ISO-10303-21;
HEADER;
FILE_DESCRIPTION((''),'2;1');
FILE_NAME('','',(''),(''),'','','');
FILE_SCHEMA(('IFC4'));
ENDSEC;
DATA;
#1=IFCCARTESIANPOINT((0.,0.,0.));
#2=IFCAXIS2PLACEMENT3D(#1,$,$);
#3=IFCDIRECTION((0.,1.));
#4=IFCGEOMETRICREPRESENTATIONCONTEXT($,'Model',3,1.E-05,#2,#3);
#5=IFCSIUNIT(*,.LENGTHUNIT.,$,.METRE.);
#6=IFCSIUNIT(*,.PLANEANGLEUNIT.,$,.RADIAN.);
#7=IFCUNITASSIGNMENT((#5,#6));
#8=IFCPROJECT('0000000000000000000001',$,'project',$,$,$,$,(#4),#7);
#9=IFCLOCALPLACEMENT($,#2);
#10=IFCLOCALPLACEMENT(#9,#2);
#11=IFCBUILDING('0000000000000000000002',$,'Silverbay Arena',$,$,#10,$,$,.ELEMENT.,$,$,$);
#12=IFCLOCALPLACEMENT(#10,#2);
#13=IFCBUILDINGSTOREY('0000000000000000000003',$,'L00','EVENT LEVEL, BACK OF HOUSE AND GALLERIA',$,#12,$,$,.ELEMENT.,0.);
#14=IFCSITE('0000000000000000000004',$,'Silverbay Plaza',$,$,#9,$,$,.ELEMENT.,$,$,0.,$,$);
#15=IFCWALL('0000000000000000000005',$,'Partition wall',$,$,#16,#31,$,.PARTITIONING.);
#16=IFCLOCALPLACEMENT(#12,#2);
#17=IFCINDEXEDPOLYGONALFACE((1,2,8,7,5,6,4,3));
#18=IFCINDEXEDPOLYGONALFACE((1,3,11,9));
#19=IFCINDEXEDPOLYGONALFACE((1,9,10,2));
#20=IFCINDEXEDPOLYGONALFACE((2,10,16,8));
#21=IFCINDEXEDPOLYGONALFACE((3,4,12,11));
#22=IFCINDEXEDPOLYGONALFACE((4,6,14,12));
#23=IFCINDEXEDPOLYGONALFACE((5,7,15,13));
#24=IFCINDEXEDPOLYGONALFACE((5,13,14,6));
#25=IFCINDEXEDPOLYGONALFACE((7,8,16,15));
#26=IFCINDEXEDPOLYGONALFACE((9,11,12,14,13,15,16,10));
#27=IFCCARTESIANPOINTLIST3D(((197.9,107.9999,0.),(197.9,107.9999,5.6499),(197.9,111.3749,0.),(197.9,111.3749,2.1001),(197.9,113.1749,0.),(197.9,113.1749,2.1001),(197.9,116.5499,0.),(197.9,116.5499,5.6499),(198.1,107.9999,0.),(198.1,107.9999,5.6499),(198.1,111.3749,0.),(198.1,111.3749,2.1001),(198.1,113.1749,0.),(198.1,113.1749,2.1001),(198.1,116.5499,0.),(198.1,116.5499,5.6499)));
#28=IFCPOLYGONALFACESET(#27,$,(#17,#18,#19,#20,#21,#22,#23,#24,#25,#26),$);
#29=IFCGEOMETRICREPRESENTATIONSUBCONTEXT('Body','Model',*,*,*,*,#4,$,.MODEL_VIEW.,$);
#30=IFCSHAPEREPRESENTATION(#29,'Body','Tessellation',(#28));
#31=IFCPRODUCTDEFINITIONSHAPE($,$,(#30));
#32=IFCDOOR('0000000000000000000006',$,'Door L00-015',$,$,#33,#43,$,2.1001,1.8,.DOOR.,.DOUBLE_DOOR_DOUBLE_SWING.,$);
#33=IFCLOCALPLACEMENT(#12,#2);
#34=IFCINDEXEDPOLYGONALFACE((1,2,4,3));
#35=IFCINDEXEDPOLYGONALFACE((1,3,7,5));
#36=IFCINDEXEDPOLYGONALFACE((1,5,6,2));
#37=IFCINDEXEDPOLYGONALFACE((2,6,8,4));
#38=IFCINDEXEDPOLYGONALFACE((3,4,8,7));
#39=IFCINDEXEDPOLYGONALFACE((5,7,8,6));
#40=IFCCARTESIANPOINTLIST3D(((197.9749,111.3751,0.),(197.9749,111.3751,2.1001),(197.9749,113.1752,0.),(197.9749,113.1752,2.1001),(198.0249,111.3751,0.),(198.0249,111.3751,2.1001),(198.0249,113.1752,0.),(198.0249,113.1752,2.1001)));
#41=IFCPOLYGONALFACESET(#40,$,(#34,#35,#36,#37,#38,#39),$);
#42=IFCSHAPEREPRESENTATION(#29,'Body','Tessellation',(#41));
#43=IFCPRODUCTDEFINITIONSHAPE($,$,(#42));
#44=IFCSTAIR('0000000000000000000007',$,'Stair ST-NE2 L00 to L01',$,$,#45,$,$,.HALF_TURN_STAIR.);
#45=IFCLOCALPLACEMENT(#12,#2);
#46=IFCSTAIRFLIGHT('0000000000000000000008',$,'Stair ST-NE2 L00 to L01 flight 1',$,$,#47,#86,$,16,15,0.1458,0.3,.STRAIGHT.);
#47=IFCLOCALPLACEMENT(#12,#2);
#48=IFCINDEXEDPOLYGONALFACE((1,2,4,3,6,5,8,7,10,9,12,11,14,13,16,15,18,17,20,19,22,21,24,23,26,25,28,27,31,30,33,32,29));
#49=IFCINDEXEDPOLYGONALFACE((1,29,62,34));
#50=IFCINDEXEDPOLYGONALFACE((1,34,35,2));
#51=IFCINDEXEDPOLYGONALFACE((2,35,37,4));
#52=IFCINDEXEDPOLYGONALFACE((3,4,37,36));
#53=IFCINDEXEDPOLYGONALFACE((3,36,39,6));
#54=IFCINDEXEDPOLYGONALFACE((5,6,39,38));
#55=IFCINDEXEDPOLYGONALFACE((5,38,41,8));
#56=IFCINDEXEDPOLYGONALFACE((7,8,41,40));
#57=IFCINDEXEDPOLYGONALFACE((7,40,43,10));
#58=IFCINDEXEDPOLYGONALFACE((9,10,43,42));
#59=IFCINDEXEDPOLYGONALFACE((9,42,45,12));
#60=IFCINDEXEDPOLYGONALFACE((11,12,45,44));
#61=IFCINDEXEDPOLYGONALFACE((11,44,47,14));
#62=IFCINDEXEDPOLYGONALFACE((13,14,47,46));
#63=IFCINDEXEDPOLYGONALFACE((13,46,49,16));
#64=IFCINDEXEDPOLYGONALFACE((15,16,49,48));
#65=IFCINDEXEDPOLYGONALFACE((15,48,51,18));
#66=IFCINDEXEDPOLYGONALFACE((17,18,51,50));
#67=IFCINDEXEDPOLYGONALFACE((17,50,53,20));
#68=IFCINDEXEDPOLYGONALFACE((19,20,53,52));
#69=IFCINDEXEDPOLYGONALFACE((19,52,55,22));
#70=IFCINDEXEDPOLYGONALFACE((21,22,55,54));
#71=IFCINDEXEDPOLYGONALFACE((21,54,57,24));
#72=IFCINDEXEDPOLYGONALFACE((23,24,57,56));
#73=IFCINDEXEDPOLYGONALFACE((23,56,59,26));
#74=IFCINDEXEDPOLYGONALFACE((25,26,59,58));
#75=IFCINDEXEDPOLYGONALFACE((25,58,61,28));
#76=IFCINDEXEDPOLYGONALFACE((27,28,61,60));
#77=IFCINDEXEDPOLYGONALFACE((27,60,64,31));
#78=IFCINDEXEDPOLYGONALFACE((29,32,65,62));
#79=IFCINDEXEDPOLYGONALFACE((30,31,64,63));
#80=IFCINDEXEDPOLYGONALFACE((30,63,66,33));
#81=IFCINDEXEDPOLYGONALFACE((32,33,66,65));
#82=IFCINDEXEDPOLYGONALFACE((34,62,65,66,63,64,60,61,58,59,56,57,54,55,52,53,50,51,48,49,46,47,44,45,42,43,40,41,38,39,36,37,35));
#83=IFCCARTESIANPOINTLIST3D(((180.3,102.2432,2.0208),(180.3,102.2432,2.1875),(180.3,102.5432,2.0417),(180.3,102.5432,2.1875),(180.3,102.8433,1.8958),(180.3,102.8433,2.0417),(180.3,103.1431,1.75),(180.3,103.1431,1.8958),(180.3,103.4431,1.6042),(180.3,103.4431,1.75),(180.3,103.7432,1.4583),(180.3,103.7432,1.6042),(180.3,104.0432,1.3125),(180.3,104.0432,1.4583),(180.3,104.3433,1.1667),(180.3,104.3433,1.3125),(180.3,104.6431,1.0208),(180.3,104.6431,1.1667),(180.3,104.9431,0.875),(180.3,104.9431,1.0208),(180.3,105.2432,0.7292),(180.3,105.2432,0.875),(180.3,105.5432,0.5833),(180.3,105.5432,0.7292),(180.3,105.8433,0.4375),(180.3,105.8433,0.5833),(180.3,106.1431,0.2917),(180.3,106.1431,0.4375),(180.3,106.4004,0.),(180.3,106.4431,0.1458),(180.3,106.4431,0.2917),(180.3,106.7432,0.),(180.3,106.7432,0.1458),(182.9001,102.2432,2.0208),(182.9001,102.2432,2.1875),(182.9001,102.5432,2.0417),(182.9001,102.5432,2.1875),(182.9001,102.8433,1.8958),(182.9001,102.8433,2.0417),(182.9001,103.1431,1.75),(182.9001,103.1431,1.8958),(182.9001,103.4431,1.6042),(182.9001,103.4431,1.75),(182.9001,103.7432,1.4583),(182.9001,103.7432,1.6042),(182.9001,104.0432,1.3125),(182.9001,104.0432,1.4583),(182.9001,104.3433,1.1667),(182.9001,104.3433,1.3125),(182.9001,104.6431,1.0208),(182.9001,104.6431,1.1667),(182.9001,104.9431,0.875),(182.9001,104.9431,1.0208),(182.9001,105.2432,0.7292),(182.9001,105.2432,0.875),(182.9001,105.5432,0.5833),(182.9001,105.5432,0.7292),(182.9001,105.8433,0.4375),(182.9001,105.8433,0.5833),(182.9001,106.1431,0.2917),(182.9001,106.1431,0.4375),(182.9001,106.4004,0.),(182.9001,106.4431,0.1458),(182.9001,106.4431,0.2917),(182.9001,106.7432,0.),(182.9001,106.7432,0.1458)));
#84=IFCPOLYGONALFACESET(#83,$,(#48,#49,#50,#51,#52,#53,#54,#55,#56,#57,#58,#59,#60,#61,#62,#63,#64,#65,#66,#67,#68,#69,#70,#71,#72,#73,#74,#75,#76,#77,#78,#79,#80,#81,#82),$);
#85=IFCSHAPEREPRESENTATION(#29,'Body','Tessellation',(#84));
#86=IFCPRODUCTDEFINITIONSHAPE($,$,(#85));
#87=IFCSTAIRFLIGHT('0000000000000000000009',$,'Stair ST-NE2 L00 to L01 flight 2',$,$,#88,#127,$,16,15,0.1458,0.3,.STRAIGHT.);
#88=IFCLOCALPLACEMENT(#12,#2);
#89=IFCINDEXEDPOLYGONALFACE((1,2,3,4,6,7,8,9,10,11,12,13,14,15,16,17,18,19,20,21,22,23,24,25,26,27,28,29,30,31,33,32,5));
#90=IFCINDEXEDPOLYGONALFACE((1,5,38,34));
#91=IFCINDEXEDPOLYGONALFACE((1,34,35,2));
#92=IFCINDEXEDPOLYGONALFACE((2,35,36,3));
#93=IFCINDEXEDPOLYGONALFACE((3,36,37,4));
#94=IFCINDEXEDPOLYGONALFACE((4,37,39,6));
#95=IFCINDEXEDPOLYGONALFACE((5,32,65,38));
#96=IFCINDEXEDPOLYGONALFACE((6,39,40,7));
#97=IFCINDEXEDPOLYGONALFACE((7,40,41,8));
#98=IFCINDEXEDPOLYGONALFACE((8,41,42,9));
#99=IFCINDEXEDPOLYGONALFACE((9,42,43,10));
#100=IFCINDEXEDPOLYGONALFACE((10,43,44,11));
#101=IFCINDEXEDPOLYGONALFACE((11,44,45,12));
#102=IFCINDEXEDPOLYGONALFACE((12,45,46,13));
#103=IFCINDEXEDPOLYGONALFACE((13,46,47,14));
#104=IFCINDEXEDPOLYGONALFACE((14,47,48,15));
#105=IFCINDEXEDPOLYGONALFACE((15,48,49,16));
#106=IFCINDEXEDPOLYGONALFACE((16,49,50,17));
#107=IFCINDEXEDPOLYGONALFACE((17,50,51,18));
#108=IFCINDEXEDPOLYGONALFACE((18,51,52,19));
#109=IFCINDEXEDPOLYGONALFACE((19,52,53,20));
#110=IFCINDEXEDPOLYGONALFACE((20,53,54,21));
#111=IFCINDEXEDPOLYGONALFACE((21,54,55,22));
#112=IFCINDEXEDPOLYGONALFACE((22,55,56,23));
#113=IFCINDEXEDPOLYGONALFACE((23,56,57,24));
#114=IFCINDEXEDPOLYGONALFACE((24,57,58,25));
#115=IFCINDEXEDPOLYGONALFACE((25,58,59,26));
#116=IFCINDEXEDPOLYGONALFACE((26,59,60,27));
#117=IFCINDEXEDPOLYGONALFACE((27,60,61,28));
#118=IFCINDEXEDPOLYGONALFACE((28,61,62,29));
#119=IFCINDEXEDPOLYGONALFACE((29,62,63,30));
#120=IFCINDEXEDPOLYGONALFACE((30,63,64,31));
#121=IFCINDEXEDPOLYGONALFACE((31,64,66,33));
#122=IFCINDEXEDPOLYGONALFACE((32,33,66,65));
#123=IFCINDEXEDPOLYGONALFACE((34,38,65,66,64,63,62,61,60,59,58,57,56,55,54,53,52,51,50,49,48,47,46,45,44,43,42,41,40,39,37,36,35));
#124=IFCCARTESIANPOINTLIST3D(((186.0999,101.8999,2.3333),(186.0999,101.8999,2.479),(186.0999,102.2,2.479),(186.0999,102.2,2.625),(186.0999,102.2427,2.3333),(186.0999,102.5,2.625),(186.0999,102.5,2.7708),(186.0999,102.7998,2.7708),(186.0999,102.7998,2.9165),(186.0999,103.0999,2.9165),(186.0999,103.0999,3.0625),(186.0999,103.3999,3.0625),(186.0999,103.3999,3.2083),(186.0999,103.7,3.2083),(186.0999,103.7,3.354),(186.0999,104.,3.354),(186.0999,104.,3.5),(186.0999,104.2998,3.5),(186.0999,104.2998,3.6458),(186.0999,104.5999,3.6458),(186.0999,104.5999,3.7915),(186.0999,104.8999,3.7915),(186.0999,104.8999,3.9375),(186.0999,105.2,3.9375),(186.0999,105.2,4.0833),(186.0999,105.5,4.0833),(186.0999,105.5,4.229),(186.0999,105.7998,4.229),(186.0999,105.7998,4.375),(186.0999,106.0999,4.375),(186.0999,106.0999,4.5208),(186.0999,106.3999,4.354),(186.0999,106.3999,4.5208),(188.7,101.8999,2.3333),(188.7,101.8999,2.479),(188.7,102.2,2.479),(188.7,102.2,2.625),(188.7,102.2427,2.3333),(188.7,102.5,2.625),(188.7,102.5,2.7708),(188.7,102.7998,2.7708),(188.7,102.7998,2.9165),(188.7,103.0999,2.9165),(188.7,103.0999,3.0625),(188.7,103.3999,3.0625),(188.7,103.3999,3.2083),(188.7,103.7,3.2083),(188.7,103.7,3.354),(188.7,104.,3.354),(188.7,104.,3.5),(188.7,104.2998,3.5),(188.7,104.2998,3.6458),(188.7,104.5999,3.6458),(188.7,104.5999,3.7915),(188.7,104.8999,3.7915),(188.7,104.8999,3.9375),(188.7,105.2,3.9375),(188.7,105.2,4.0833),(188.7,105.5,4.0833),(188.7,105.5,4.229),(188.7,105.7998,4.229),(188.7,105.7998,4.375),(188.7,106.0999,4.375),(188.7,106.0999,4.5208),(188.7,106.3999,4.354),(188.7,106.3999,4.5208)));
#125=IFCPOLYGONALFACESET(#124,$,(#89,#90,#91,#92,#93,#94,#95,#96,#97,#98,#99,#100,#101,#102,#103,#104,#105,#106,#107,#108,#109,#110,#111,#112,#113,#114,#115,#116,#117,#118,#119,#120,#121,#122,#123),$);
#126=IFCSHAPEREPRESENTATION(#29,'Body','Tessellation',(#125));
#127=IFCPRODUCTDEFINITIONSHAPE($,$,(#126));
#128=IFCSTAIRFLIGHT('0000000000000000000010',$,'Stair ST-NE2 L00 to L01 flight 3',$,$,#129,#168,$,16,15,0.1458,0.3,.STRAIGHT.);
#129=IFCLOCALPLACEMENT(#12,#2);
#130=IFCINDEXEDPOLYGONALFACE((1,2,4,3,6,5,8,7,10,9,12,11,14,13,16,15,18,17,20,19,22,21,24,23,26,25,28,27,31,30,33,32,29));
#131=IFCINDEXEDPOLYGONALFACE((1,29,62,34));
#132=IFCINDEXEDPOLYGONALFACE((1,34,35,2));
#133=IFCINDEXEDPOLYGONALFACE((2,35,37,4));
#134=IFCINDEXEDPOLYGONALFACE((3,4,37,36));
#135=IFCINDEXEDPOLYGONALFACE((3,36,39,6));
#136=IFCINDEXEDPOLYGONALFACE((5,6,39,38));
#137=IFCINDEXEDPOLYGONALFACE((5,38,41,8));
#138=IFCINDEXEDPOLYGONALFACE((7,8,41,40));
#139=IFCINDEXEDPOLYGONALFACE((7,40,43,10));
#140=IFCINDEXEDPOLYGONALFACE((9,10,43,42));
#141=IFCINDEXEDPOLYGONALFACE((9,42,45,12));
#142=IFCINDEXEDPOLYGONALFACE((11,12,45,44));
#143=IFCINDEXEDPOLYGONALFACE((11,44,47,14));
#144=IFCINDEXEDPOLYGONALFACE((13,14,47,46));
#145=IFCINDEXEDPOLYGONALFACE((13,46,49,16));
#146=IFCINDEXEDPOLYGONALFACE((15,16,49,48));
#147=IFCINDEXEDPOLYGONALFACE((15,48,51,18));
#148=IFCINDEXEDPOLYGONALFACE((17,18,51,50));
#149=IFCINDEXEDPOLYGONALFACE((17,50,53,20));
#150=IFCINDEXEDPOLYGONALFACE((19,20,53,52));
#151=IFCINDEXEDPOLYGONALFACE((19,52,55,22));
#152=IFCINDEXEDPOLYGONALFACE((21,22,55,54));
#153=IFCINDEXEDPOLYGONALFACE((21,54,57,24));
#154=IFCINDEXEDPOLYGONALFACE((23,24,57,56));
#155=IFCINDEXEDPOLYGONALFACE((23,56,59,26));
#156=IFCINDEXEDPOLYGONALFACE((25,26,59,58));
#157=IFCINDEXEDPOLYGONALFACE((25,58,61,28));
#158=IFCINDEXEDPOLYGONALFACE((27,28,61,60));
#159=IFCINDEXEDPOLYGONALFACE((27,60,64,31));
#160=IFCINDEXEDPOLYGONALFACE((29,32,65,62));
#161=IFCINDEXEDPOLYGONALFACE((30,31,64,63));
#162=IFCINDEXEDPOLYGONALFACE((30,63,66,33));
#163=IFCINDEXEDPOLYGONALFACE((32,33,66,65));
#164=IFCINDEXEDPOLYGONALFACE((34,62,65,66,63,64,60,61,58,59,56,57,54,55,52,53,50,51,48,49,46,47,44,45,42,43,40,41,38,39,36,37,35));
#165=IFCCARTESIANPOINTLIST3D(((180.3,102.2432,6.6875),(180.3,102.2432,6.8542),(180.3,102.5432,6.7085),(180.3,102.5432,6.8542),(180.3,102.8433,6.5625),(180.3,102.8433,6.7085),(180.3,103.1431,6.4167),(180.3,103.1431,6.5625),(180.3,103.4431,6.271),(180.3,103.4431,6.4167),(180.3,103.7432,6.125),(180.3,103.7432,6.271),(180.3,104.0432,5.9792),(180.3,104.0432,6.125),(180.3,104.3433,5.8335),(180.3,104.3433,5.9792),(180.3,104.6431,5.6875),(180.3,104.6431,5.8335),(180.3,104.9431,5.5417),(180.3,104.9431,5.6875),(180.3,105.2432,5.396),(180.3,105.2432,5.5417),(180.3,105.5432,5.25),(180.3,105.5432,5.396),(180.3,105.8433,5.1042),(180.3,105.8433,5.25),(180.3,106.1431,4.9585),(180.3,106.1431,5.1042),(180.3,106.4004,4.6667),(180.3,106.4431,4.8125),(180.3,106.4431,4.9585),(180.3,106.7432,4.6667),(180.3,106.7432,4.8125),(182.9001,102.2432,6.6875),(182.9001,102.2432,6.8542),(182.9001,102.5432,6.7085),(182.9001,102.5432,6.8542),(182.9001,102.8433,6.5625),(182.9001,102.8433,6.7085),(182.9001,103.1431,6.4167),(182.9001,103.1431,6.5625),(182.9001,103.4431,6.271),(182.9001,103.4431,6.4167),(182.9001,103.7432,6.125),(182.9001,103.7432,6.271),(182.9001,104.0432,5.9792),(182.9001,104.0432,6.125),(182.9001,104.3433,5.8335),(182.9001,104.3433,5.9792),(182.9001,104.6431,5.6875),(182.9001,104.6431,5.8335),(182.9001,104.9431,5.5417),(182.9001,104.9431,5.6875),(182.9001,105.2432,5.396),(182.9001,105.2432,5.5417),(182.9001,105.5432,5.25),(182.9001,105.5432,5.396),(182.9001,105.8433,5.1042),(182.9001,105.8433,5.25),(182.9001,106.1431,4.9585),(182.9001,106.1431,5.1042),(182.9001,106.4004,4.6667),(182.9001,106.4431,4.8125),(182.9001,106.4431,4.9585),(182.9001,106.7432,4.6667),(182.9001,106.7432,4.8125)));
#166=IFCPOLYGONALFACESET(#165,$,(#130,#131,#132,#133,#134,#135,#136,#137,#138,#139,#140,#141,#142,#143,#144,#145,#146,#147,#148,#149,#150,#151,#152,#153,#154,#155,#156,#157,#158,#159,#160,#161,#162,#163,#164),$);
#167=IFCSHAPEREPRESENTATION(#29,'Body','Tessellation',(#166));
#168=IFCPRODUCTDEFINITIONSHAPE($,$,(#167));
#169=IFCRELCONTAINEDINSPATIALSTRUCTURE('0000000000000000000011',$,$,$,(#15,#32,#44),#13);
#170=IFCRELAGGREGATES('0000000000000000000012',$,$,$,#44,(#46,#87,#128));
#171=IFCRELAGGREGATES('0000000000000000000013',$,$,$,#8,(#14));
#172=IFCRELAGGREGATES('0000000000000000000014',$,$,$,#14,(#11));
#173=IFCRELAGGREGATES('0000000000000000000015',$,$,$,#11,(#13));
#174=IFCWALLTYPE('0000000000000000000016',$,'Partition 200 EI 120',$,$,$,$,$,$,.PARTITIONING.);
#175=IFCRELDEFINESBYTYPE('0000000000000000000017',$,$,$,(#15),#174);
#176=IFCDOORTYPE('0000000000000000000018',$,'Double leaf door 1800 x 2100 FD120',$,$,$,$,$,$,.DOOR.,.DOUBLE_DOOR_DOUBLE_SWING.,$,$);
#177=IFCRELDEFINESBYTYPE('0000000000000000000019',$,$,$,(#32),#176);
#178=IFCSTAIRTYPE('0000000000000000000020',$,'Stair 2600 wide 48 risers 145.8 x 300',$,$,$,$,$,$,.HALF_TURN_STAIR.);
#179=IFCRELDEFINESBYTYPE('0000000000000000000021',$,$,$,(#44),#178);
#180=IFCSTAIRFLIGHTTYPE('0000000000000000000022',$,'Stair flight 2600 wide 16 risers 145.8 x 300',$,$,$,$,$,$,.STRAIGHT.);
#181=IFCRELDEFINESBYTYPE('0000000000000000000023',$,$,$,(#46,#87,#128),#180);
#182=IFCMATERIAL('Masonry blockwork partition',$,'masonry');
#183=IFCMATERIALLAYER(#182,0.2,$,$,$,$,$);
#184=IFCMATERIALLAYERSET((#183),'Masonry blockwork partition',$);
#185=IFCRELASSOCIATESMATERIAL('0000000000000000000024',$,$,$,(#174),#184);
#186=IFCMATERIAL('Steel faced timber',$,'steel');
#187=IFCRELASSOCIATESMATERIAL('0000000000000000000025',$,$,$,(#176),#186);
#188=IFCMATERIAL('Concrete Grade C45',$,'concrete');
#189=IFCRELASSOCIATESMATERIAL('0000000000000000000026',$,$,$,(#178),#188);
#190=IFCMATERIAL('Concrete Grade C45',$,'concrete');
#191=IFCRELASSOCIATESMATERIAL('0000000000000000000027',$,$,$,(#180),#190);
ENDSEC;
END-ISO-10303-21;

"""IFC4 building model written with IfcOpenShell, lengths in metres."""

from ifc_helpers import new_model, si_unit, direction, frame, frame_2d, origin, place, context, subcontext, project, spatial, polyline, rectangle, outline, extrude, material, layer, layer_set, type_object, element, fill, aggregate, save


model = new_model("IFC4")

# Units and contexts
model_context = context("Model", 3, precision=1e-05, world=origin(), true_north=direction((0.0, 1.0)))
body_context = subcontext(model_context, "Body", "Model", "MODEL_VIEW")
ifc_project = project(units=[si_unit("LENGTHUNIT", "METRE"), si_unit("PLANEANGLEUNIT", "RADIAN")], contexts=[model_context])

# Site, building, storey
site_placement = place(None, origin())
site = spatial("IfcSite", under=ifc_project, at=site_placement, Name="Silverbay Plaza", CompositionType="ELEMENT", RefElevation=0.0)
building_placement = place(site_placement, origin())
building = spatial("IfcBuilding", under=site, at=building_placement, Name="Silverbay Arena", CompositionType="ELEMENT")
storey_placement = place(building_placement, origin())
storey = spatial("IfcBuildingStorey", under=building, at=storey_placement, Name="L00", Description="EVENT LEVEL, BACK OF HOUSE AND GALLERIA", CompositionType="ELEMENT", Elevation=0.0)

# Shared definitions
ifc_material_1 = material(Name="Masonry blockwork partition", Category="masonry")
ifc_layer_1 = layer(ifc_material_1, 0.2)
ifc_layer_set_1 = layer_set([ifc_layer_1], Name="Masonry blockwork partition")
wall_type_1 = type_object("IfcWallType", Name="Partition 200 EI 120", PredefinedType="PARTITIONING", material=ifc_layer_set_1)

# Wall, opening, door
wall_1_placement = place(storey_placement, frame((198.0, 108.0, 0.0), z_axis=(0.0, 0.0, 1.0), x_axis=(0.0, 1.0, 0.0)))
wall_1 = element("IfcWall", 1, at=wall_1_placement, inside=storey, type_object=wall_type_1, Name="Partition wall", PredefinedType="PARTITIONING", context=body_context, shape_type="SweptSolid", body=[
    extrude(rectangle(XDim=8.55, YDim=0.2, at=frame_2d((4.2749, 0.0))), origin(), (0.0, 0.0, 1.0), 5.6499),
])
opening_1_placement = place(wall_1_placement, frame((3.375, 0.0, 0.0)))
opening_1 = element("IfcOpeningElement", 2, at=opening_1_placement, cuts=wall_1, PredefinedType="OPENING", context=body_context, shape_type="SweptSolid", body=[
    extrude(rectangle(XDim=1.8, YDim=2.1001, at=frame_2d((0.8999, 1.05))), frame((0.0, 0.1099, 0.0), z_axis=(0.0, -1.0, 0.0), x_axis=(1.0, 0.0, 0.0)), (0.0, 0.0, 1.0), 0.22),
])
ifc_material_2 = material(Name="Steel faced timber", Category="steel")
door_type_1 = type_object("IfcDoorType", Name="Double leaf door 1800 x 2100 FD120", OperationType="DOUBLE_DOOR_DOUBLE_SWING", PredefinedType="DOOR", material=ifc_material_2)
door_1_placement = place(opening_1_placement, frame((1.8, 0.0, 0.0), z_axis=(0.0, 0.0, 1.0), x_axis=(-1.0, 0.0, 0.0)))
door_1 = element("IfcDoor", 3, at=door_1_placement, inside=storey, type_object=door_type_1, Name="Door L00-015", OperationType="DOUBLE_DOOR_DOUBLE_SWING", OverallHeight=2.1001, OverallWidth=1.8, PredefinedType="DOOR", context=body_context, shape_type="SweptSolid", body=[
    extrude(rectangle(XDim=1.8, YDim=2.1001, at=frame_2d((0.8999, 1.05))), frame((0.0, 0.0249, 0.0), z_axis=(0.0, -1.0, 0.0), x_axis=(1.0, 0.0, 0.0)), (0.0, 0.0, 1.0), 0.05),
])
fill(opening_1, door_1)

# Stair, stair flights
ifc_material_3 = material(Name="Concrete Grade C45", Category="concrete")
stair_type = type_object("IfcStairType", Name="Stair 2600 wide 48 risers 145.8 x 300", PredefinedType="HALF_TURN_STAIR", material=ifc_material_3)
stair_placement = place(storey_placement, origin())
stair = element("IfcStair", 4, at=stair_placement, inside=storey, type_object=stair_type, Name="Stair ST-NE2 L00 to L01", PredefinedType="HALF_TURN_STAIR")
ifc_material_4 = material(Name="Concrete Grade C45", Category="concrete")
stair_flight_type = type_object("IfcStairFlightType", Name="Stair flight 2600 wide 16 risers 145.8 x 300", PredefinedType="STRAIGHT", material=ifc_material_4)
stair_flight_1_placement = place(storey_placement, frame((181.6001, 106.7432, 0.0), z_axis=(0.0, 0.0, 1.0), x_axis=(0.0, -1.0, 0.0)))
stair_flight_1 = element("IfcStairFlight", 5, at=stair_flight_1_placement, type_object=stair_flight_type, Name="Stair ST-NE2 L00 to L01 flight 1", NumberOfRisers=16, NumberOfTreads=15, PredefinedType="STRAIGHT", RiserHeight=0.1458, TreadLength=0.3, context=body_context, shape_type="SweptSolid", body=[
    extrude(outline(polyline([(0.0, 0.0), (0.0, 0.1458), (0.3, 0.1458), (0.3, 0.2917), (0.6001, 0.2917), (0.6001, 0.4375), (0.8999, 0.4375), (0.8999, 0.5833), (1.2, 0.5833), (1.2, 0.7292), (1.5, 0.7292), (1.5, 0.875), (1.8, 0.875), (1.8, 1.0208), (2.1001, 1.0208), (2.1001, 1.1667), (2.3999, 1.1667), (2.3999, 1.3125), (2.7, 1.3125), (2.7, 1.4583), (3.0, 1.4583), (3.0, 1.6042), (3.3, 1.6042), (3.3, 1.75), (3.6001, 1.75), (3.6001, 1.8958), (3.8999, 1.8958), (3.8999, 2.0417), (4.2, 2.0417), (4.2, 2.1875), (4.5, 2.1875), (4.5, 2.0208), (0.3428, 0.0), (0.0, 0.0)])), frame((0.0, 1.3, 0.0), z_axis=(0.0, -1.0, 0.0), x_axis=(1.0, 0.0, 0.0)), (0.0, 0.0, 1.0), 2.6001),
])
stair_flight_2_placement = place(storey_placement, frame((187.3999, 101.8999, 2.3333), z_axis=(0.0, 0.0, 1.0), x_axis=(0.0, 1.0, 0.0)))
stair_flight_2 = element("IfcStairFlight", 6, at=stair_flight_2_placement, type_object=stair_flight_type, Name="Stair ST-NE2 L00 to L01 flight 2", NumberOfRisers=16, NumberOfTreads=15, PredefinedType="STRAIGHT", RiserHeight=0.1458, TreadLength=0.3, context=body_context, shape_type="SweptSolid", body=[
    extrude(outline(polyline([(0.0, 0.0), (0.0, 0.1458), (0.3, 0.1458), (0.3, 0.2917), (0.6001, 0.2917), (0.6001, 0.4375), (0.8999, 0.4375), (0.8999, 0.5833), (1.2, 0.5833), (1.2, 0.7292), (1.5, 0.7292), (1.5, 0.875), (1.8, 0.875), (1.8, 1.0208), (2.1001, 1.0208), (2.1001, 1.1667), (2.3999, 1.1667), (2.3999, 1.3125), (2.7, 1.3125), (2.7, 1.4583), (3.0, 1.4583), (3.0, 1.6042), (3.3, 1.6042), (3.3, 1.75), (3.6001, 1.75), (3.6001, 1.8958), (3.8999, 1.8958), (3.8999, 2.0417), (4.2, 2.0417), (4.2, 2.1875), (4.5, 2.1875), (4.5, 2.0208), (0.3428, 0.0), (0.0, 0.0)])), frame((0.0, 1.3, 0.0), z_axis=(0.0, -1.0, 0.0), x_axis=(1.0, 0.0, 0.0)), (0.0, 0.0, 1.0), 2.6001),
])
stair_flight_3_placement = place(storey_placement, frame((181.6001, 106.7432, 4.6667), z_axis=(0.0, 0.0, 1.0), x_axis=(0.0, -1.0, 0.0)))
stair_flight_3 = element("IfcStairFlight", 7, at=stair_flight_3_placement, type_object=stair_flight_type, Name="Stair ST-NE2 L00 to L01 flight 3", NumberOfRisers=16, NumberOfTreads=15, PredefinedType="STRAIGHT", RiserHeight=0.1458, TreadLength=0.3, context=body_context, shape_type="SweptSolid", body=[
    extrude(outline(polyline([(0.0, 0.0), (0.0, 0.1458), (0.3, 0.1458), (0.3, 0.2917), (0.6001, 0.2917), (0.6001, 0.4375), (0.8999, 0.4375), (0.8999, 0.5833), (1.2, 0.5833), (1.2, 0.7292), (1.5, 0.7292), (1.5, 0.875), (1.8, 0.875), (1.8, 1.0208), (2.1001, 1.0208), (2.1001, 1.1667), (2.3999, 1.1667), (2.3999, 1.3125), (2.7, 1.3125), (2.7, 1.4583), (3.0, 1.4583), (3.0, 1.6042), (3.3, 1.6042), (3.3, 1.75), (3.6001, 1.75), (3.6001, 1.8958), (3.8999, 1.8958), (3.8999, 2.0417), (4.2, 2.0417), (4.2, 2.1875), (4.5, 2.1875), (4.5, 2.0208), (0.3428, 0.0), (0.0, 0.0)])), frame((0.0, 1.3, 0.0), z_axis=(0.0, -1.0, 0.0), x_axis=(1.0, 0.0, 0.0)), (0.0, 0.0, 1.0), 2.6001),
])
aggregate(stair, [stair_flight_1, stair_flight_2, stair_flight_3])

save(model, "model.ifc")
